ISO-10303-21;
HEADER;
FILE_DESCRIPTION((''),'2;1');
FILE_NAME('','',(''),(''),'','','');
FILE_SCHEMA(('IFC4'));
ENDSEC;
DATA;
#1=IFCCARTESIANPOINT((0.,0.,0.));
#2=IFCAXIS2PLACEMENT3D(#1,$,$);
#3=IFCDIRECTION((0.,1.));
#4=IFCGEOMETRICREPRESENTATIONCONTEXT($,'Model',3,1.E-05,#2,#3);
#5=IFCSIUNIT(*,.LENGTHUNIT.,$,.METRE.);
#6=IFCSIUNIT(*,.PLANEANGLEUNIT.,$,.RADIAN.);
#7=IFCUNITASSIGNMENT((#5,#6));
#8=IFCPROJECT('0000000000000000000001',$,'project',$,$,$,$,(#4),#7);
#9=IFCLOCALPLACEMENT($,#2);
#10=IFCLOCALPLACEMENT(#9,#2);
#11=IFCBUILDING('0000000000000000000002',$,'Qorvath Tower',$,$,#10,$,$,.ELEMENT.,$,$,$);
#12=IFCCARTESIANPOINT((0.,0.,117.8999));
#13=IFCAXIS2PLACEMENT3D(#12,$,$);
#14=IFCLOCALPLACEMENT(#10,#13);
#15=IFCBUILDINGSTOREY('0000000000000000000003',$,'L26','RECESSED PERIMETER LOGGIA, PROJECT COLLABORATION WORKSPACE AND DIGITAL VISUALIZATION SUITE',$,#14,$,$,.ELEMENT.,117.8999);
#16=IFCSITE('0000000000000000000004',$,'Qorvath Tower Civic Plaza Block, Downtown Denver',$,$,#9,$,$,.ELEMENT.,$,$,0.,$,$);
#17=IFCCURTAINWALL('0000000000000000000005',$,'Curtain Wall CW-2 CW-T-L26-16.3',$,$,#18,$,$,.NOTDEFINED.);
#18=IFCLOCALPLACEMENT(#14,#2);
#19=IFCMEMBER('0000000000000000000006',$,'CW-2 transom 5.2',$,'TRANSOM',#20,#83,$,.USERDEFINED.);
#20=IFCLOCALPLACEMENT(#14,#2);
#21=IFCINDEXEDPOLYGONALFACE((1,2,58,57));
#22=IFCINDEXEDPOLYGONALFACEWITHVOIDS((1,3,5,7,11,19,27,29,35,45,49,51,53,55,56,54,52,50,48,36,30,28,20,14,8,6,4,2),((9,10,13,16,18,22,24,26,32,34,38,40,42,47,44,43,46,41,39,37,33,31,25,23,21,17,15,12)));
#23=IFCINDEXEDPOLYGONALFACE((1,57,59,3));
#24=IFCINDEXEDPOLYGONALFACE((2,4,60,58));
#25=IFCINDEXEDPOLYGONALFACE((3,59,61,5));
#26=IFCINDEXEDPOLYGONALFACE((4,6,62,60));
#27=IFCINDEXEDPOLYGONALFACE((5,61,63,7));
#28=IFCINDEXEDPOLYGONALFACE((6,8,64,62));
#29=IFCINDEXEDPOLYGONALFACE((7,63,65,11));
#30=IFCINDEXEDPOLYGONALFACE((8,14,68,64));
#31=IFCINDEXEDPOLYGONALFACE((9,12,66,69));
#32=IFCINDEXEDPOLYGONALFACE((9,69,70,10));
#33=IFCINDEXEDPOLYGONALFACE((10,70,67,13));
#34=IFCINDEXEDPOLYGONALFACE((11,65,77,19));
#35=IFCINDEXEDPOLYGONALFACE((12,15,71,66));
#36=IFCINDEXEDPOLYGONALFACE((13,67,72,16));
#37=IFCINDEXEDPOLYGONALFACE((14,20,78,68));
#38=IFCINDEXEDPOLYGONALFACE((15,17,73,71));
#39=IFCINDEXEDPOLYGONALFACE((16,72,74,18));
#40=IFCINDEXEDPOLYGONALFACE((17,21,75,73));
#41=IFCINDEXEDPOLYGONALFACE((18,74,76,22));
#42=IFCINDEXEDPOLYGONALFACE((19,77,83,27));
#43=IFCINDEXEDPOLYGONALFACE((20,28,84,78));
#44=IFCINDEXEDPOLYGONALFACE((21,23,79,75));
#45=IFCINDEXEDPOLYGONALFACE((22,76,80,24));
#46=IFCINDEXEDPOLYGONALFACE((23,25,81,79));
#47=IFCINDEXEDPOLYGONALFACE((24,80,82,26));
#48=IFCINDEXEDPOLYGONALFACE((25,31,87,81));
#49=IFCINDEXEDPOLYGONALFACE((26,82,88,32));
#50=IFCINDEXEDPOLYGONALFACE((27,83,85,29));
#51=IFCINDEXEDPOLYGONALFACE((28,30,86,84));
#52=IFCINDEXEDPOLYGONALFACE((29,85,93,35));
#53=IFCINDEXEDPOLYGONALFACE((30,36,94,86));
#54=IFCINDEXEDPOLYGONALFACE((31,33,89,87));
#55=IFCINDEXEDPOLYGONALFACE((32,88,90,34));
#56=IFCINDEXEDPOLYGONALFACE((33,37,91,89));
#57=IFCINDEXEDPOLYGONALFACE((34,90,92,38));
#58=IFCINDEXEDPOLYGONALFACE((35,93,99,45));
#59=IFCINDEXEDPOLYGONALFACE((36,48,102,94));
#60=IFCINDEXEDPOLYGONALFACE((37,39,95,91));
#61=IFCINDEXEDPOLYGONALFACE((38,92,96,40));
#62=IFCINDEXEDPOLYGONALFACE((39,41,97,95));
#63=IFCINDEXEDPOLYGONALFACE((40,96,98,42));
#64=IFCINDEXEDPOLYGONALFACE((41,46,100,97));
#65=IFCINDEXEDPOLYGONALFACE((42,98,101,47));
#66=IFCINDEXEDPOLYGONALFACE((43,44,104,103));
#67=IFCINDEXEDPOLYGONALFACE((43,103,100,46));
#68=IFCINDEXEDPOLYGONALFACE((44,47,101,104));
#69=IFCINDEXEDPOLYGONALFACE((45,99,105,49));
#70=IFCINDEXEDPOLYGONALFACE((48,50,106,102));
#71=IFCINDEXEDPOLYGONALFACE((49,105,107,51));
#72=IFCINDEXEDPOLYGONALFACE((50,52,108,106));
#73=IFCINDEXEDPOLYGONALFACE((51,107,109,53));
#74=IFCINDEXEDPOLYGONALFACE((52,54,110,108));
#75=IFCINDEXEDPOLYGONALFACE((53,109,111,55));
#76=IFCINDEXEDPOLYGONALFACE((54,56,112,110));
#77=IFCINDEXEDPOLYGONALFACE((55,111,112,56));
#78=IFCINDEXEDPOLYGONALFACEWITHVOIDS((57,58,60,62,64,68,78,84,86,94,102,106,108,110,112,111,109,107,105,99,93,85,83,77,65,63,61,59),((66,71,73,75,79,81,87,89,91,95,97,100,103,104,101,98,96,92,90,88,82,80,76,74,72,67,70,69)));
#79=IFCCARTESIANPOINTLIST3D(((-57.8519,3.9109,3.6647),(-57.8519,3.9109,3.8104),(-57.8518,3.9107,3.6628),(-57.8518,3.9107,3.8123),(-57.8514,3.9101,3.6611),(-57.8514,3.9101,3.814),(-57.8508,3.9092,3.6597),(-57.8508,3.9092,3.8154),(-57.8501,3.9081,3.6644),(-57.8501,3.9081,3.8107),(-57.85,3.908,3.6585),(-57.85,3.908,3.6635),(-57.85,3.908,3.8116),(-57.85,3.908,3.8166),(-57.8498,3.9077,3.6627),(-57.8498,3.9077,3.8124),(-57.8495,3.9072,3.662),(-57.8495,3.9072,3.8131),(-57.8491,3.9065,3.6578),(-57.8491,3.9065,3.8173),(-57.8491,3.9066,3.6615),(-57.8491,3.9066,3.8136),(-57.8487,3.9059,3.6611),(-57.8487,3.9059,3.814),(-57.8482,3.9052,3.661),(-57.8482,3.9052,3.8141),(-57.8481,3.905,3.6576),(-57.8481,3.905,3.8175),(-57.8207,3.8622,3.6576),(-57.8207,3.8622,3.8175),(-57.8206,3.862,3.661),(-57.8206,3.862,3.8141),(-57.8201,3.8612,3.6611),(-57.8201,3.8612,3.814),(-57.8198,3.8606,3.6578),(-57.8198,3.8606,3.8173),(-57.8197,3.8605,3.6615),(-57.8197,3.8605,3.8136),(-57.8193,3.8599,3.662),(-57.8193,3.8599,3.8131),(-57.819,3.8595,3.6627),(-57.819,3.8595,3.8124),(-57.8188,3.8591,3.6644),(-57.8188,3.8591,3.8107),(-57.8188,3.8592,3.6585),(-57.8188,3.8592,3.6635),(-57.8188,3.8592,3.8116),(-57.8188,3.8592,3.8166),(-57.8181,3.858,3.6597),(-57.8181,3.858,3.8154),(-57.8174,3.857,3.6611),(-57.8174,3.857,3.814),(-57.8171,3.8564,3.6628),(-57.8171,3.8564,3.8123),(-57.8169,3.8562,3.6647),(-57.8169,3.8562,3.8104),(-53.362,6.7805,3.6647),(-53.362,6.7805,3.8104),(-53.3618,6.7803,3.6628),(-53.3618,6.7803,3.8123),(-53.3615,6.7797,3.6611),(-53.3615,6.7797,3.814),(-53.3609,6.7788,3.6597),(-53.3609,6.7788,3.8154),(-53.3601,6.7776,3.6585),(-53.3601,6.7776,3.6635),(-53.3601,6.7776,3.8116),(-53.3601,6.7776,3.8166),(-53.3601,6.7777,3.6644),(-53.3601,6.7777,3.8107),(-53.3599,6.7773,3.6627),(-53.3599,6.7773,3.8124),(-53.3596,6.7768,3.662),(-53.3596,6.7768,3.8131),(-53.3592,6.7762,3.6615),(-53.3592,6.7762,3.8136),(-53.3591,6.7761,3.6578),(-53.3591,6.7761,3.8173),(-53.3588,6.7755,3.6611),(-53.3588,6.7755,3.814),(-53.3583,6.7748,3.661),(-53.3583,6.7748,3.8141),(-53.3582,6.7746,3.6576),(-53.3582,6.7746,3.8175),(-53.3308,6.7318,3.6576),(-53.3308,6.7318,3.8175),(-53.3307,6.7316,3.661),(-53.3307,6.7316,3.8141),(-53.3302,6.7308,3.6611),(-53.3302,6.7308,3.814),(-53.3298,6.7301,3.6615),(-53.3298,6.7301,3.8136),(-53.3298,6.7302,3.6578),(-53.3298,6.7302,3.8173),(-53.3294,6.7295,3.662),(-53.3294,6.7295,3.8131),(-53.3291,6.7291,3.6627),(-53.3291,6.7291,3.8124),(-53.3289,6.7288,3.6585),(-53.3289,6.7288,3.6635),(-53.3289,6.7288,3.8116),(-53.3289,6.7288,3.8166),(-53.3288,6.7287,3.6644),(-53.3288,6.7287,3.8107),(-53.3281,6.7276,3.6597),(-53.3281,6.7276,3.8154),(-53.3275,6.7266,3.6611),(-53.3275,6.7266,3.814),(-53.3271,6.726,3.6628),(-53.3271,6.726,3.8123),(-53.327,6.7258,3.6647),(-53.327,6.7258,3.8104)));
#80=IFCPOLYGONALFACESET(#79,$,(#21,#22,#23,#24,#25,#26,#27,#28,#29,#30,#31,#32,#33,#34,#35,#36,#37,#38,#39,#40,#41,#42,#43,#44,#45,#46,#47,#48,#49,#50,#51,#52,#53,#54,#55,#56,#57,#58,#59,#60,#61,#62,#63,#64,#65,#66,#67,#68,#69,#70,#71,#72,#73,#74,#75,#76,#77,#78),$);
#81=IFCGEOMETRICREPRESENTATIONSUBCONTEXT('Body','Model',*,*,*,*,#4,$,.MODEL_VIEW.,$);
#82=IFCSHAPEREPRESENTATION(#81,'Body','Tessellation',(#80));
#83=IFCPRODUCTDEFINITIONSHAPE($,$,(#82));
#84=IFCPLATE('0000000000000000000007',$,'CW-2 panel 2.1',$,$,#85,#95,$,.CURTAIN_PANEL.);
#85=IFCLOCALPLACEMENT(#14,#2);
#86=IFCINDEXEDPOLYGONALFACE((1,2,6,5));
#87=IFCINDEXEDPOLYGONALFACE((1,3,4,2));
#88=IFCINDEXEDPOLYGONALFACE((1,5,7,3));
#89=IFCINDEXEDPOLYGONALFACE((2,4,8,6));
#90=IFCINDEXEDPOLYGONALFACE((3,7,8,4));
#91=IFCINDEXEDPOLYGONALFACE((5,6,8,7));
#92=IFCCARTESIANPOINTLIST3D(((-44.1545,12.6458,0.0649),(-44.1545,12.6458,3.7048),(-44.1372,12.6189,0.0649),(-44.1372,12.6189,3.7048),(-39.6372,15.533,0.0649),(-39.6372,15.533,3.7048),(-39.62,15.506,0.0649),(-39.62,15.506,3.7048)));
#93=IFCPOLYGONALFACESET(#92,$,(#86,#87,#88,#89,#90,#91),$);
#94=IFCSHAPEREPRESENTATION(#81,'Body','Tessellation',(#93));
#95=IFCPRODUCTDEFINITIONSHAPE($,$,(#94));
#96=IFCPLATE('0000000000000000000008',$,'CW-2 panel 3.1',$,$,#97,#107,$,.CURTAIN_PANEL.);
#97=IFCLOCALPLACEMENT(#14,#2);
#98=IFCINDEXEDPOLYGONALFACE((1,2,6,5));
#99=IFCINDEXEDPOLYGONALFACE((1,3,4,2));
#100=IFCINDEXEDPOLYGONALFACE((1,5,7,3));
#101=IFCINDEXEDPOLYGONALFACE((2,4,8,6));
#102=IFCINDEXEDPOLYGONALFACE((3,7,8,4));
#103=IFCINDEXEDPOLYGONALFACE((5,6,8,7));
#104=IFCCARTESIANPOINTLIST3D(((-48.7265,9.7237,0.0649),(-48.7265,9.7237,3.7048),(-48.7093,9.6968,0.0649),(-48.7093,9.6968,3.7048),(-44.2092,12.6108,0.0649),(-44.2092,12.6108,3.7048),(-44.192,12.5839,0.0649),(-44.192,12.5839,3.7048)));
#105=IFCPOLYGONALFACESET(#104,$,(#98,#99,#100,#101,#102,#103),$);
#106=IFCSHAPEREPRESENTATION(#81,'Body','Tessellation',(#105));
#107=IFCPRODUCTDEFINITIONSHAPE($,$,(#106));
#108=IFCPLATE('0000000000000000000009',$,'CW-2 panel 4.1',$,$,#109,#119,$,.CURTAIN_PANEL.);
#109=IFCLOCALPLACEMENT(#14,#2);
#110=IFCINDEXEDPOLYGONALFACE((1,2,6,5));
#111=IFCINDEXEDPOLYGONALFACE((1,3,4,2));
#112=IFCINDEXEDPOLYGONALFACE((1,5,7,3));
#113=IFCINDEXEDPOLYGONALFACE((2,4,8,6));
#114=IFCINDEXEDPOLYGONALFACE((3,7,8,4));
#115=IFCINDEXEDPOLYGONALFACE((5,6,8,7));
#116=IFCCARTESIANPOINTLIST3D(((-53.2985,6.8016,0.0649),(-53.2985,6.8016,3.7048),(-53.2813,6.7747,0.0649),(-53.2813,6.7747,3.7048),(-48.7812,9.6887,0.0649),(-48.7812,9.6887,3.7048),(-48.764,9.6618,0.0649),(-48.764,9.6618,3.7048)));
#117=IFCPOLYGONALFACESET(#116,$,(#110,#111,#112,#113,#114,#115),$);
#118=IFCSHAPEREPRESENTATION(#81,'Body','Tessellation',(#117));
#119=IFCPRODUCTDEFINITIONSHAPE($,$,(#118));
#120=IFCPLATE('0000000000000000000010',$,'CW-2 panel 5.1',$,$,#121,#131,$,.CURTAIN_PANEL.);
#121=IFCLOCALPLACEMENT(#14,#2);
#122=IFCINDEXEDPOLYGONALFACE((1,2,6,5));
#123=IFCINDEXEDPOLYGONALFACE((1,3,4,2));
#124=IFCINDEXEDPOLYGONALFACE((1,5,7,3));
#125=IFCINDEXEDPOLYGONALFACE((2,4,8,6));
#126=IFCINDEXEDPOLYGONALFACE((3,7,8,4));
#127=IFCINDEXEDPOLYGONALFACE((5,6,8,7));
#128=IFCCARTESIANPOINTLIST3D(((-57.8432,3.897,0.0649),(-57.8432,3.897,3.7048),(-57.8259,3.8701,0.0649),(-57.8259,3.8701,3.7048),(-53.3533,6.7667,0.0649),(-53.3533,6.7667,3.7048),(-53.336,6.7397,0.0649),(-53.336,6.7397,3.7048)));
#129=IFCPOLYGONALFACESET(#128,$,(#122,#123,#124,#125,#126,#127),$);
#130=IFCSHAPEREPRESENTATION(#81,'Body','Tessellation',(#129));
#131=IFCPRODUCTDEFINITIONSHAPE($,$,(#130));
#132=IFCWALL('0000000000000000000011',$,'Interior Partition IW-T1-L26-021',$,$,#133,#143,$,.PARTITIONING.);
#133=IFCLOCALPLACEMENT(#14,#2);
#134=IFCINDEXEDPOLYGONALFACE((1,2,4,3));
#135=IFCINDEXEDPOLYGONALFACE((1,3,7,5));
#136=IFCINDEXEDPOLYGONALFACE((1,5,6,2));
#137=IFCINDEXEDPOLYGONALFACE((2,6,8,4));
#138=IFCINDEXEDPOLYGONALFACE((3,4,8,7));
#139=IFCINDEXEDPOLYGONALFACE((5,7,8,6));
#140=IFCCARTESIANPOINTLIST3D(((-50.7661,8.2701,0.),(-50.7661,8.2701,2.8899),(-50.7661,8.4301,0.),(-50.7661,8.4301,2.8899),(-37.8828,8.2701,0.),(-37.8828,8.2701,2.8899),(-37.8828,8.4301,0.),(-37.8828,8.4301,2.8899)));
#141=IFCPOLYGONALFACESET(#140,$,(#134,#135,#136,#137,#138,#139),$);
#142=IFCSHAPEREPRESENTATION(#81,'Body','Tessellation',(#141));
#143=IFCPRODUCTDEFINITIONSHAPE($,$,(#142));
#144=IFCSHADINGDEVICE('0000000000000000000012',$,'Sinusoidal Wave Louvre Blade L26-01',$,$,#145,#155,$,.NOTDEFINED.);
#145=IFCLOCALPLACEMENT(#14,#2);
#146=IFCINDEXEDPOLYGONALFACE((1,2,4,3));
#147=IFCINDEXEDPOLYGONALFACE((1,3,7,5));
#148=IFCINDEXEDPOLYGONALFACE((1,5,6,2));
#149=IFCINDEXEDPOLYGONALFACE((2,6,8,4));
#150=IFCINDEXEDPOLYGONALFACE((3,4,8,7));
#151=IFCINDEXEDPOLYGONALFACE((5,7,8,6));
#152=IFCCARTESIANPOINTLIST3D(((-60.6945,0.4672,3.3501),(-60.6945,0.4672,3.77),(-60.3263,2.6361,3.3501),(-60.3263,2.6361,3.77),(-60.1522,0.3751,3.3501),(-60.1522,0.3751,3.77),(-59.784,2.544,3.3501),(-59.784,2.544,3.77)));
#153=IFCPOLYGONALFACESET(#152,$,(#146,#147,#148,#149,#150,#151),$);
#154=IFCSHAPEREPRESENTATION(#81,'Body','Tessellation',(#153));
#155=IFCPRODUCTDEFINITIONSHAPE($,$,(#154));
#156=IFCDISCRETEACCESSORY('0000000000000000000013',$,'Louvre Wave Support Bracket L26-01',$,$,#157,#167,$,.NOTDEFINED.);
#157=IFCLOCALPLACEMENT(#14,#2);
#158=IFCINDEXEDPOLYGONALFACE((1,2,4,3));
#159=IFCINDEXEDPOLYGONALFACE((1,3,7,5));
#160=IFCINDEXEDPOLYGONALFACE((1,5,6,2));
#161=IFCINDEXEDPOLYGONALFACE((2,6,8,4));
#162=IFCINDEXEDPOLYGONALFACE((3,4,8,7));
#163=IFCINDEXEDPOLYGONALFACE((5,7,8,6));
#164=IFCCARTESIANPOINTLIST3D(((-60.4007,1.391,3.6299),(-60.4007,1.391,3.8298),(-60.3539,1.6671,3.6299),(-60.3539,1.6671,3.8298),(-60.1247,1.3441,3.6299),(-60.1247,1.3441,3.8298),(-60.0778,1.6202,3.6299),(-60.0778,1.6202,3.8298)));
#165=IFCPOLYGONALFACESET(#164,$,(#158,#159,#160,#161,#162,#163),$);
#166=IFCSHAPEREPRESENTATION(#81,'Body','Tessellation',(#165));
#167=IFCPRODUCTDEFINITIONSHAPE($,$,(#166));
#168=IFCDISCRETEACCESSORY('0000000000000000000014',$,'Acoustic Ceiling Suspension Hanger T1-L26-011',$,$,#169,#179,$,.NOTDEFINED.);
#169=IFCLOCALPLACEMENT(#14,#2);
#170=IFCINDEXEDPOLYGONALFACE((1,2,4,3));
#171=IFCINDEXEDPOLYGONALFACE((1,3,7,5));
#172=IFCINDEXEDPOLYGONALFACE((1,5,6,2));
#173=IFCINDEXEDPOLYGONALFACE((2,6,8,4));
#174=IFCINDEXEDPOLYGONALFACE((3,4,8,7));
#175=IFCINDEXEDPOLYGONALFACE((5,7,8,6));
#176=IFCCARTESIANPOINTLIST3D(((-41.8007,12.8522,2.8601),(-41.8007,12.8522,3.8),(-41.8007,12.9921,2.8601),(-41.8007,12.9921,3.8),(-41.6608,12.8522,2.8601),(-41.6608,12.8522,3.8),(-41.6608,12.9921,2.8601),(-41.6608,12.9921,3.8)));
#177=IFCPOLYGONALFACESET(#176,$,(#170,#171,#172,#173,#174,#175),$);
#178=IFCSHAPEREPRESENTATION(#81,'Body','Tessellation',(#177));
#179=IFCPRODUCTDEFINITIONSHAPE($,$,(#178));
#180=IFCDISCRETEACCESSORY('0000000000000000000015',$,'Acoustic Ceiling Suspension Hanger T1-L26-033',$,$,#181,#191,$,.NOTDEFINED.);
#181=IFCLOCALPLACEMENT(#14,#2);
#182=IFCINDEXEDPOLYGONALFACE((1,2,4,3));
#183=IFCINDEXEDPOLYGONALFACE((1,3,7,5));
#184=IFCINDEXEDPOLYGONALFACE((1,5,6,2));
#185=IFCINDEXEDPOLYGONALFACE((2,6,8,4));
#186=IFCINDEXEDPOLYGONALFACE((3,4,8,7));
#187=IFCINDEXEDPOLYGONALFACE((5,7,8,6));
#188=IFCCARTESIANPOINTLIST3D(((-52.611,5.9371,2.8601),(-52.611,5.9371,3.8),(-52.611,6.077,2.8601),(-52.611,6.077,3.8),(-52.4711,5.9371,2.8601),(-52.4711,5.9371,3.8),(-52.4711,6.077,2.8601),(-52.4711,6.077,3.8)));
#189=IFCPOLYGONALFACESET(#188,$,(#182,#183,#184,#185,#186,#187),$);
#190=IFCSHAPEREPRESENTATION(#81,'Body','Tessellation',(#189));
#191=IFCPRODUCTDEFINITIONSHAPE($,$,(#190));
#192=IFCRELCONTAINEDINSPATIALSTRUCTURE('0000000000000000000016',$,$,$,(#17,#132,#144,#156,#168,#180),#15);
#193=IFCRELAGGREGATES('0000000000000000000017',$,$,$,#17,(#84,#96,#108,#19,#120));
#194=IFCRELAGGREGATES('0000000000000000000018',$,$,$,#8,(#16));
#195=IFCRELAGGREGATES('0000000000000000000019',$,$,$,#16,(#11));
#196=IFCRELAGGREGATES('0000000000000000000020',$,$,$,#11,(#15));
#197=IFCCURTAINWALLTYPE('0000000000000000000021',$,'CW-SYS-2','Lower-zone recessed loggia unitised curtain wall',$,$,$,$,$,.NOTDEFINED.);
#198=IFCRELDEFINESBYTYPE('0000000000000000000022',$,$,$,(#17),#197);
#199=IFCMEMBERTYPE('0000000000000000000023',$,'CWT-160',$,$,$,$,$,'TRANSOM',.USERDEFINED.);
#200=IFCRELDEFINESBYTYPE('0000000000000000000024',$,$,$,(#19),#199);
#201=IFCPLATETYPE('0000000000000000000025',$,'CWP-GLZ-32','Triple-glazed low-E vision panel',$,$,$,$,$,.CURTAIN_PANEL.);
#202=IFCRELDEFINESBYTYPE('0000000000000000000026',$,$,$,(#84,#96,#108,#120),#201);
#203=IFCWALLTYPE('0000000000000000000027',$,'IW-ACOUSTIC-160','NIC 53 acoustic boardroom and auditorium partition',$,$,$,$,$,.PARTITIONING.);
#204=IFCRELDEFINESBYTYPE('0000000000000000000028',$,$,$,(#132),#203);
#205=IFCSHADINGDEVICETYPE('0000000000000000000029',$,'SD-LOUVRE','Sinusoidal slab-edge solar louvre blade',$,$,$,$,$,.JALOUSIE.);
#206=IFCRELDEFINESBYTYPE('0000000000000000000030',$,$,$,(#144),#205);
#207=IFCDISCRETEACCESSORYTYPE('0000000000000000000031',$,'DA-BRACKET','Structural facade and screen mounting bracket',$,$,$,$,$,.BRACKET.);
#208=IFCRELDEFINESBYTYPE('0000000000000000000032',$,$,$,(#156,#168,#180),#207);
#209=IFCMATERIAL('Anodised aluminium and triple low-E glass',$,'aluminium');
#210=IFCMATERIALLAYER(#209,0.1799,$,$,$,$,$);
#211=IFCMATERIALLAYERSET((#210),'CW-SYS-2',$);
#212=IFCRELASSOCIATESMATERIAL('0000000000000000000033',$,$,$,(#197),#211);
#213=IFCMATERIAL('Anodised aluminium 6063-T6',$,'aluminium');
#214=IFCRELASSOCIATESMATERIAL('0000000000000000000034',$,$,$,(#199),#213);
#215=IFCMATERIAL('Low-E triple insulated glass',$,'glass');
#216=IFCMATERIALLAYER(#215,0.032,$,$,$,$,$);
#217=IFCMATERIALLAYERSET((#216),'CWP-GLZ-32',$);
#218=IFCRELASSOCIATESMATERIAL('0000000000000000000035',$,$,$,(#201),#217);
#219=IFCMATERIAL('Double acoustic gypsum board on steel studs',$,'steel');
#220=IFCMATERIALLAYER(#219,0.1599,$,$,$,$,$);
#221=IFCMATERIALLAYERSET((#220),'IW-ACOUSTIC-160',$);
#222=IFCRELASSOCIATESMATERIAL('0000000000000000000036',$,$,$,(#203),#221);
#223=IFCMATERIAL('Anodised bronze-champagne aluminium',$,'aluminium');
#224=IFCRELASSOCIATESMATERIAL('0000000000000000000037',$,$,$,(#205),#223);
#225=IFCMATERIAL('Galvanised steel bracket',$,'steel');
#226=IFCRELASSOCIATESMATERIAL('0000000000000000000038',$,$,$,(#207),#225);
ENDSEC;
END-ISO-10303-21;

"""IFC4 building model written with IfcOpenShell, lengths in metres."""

from ifc_helpers import new_model, si_unit, direction, frame, frame_2d, origin, origin_2d, place, context, subcontext, project, spatial, rectangle, hollow_rectangle, extrude, material, layer, layer_set, material_profile, profile_set, type_object, element, aggregate, save


model = new_model("IFC4")

# Units and contexts
model_context = context("Model", 3, precision=1e-05, world=origin(), true_north=direction((0.0, 1.0)))
body_context = subcontext(model_context, "Body", "Model", "MODEL_VIEW")
ifc_project = project(units=[si_unit("LENGTHUNIT", "METRE"), si_unit("PLANEANGLEUNIT", "RADIAN")], contexts=[model_context])

# Site, building, storey
site_placement = place(None, origin())
site = spatial("IfcSite", under=ifc_project, at=site_placement, Name="Qorvath Tower Civic Plaza Block, Downtown Denver", CompositionType="ELEMENT", RefElevation=0.0)
building_placement = place(site_placement, origin())
building = spatial("IfcBuilding", under=site, at=building_placement, Name="Qorvath Tower", CompositionType="ELEMENT")
storey_placement = place(building_placement, frame((0.0, 0.0, 117.8999)))
storey = spatial("IfcBuildingStorey", under=building, at=storey_placement, Name="L26", Description="RECESSED PERIMETER LOGGIA, PROJECT COLLABORATION WORKSPACE AND DIGITAL VISUALIZATION SUITE", CompositionType="ELEMENT", Elevation=117.8999)

# Curtain wall, member, plates
ifc_material_1 = material(Name="Anodised aluminium and triple low-E glass", Category="aluminium")
ifc_layer_1 = layer(ifc_material_1, 0.1799)
ifc_layer_set_1 = layer_set([ifc_layer_1], Name="CW-SYS-2")
curtain_wall_type = type_object("IfcCurtainWallType", Name="CW-SYS-2", Description="Lower-zone recessed loggia unitised curtain wall", PredefinedType="NOTDEFINED", material=ifc_layer_set_1)
curtain_wall_placement = place(storey_placement, origin())
curtain_wall = element("IfcCurtainWall", 1, at=curtain_wall_placement, inside=storey, type_object=curtain_wall_type, Name="Curtain Wall CW-2 CW-T-L26-16.3", PredefinedType="NOTDEFINED")
ifc_material_2 = material(Name="Anodised aluminium 6063-T6", Category="aluminium")
ifc_material_profile_1 = material_profile(ifc_material_2, hollow_rectangle(XDim=0.0649, YDim=0.1599, WallThickness=0.0034, InnerFilletRadius=0.0034, OuterFilletRadius=0.0071, at=origin_2d()), Name="CWT 160x65")
ifc_profile_set_1 = profile_set([ifc_material_profile_1], Name="Anodised aluminium 6063-T6")
member_type_1 = type_object("IfcMemberType", Name="CWT-160", ElementType="TRANSOM", PredefinedType="USERDEFINED", material=ifc_profile_set_1)
member_1_placement = place(storey_placement, frame((-53.3445, 6.7532, 3.7375), z_axis=(-0.842609, -0.538526, 0.0), x_axis=(0.538526, -0.842609, 0.0)))
member_1 = element("IfcMember", 2, at=member_1_placement, type_object=member_type_1, Name="CW-2 transom 5.2", ObjectType="TRANSOM", PredefinedType="USERDEFINED", context=body_context, shape_type="SweptSolid", body=[
    extrude(hollow_rectangle(XDim=0.0649, YDim=0.1599, WallThickness=0.0034, InnerFilletRadius=0.0034, OuterFilletRadius=0.0071, at=origin_2d()), origin(), (0.0, 0.0, 1.0), 5.3286),
])
ifc_material_3 = material(Name="Low-E triple insulated glass", Category="glass")
ifc_layer_2 = layer(ifc_material_3, 0.032)
ifc_layer_set_2 = layer_set([ifc_layer_2], Name="CWP-GLZ-32")
plate_type = type_object("IfcPlateType", Name="CWP-GLZ-32", Description="Triple-glazed low-E vision panel", PredefinedType="CURTAIN_PANEL", material=ifc_layer_set_2)
plate_1_placement = place(storey_placement, frame((-41.8872, 14.0759, 0.0649), z_axis=(0.0, 0.0, 1.0), x_axis=(-0.842604, -0.538534, 0.0)))
plate_1 = element("IfcPlate", 3, at=plate_1_placement, type_object=plate_type, Name="CW-2 panel 2.1", PredefinedType="CURTAIN_PANEL", context=body_context, shape_type="SweptSolid", body=[
    extrude(rectangle(XDim=5.3611, YDim=0.032, at=origin_2d()), origin(), (0.0, 0.0, 1.0), 3.6399),
])
plate_2_placement = place(storey_placement, frame((-46.4592, 11.1538, 0.0649), z_axis=(0.0, 0.0, 1.0), x_axis=(-0.842604, -0.538534, 0.0)))
plate_2 = element("IfcPlate", 4, at=plate_2_placement, type_object=plate_type, Name="CW-2 panel 3.1", PredefinedType="CURTAIN_PANEL", context=body_context, shape_type="SweptSolid", body=[
    extrude(rectangle(XDim=5.3611, YDim=0.032, at=origin_2d()), origin(), (0.0, 0.0, 1.0), 3.6399),
])
plate_3_placement = place(storey_placement, frame((-51.0312, 8.2317, 0.0649), z_axis=(0.0, 0.0, 1.0), x_axis=(-0.842604, -0.538534, 0.0)))
plate_3 = element("IfcPlate", 5, at=plate_3_placement, type_object=plate_type, Name="CW-2 panel 4.1", PredefinedType="CURTAIN_PANEL", context=body_context, shape_type="SweptSolid", body=[
    extrude(rectangle(XDim=5.3611, YDim=0.032, at=origin_2d()), origin(), (0.0, 0.0, 1.0), 3.6399),
])
plate_4_placement = place(storey_placement, frame((-55.5896, 5.3184, 0.0649), z_axis=(0.0, 0.0, 1.0), x_axis=(-0.842604, -0.538534, 0.0)))
plate_4 = element("IfcPlate", 6, at=plate_4_placement, type_object=plate_type, Name="CW-2 panel 5.1", PredefinedType="CURTAIN_PANEL", context=body_context, shape_type="SweptSolid", body=[
    extrude(rectangle(XDim=5.3286, YDim=0.032, at=origin_2d()), origin(), (0.0, 0.0, 1.0), 3.6399),
])
aggregate(curtain_wall, [plate_1, plate_2, plate_3, member_1, plate_4])

# Wall
ifc_material_4 = material(Name="Double acoustic gypsum board on steel studs", Category="steel")
ifc_layer_3 = layer(ifc_material_4, 0.1599)
ifc_layer_set_3 = layer_set([ifc_layer_3], Name="IW-ACOUSTIC-160")
wall_type = type_object("IfcWallType", Name="IW-ACOUSTIC-160", Description="NIC 53 acoustic boardroom and auditorium partition", PredefinedType="PARTITIONING", material=ifc_layer_set_3)
wall_placement = place(storey_placement, frame((-50.7661, 8.3501, 0.0), z_axis=(0.0, 0.0, 1.0), x_axis=(1.0, 0.0, 0.0)))
element("IfcWall", 7, at=wall_placement, inside=storey, type_object=wall_type, Name="Interior Partition IW-T1-L26-021", PredefinedType="PARTITIONING", context=body_context, shape_type="SweptSolid", body=[
    extrude(rectangle(XDim=12.8833, YDim=0.1599, at=frame_2d((6.4417, 0.0))), origin(), (0.0, 0.0, 1.0), 2.8899),
])

# Shading device
ifc_material_5 = material(Name="Anodised bronze-champagne aluminium", Category="aluminium")
shading_device_type = type_object("IfcShadingDeviceType", Name="SD-LOUVRE", Description="Sinusoidal slab-edge solar louvre blade", PredefinedType="JALOUSIE", material=ifc_material_5)
shading_device_placement = place(storey_placement, frame((-60.2393, 1.5056, 3.3501), z_axis=(0.0, 0.0, 1.0), x_axis=(-0.167371, -0.985894, 0.0)))
element("IfcShadingDevice", 8, at=shading_device_placement, inside=storey, type_object=shading_device_type, Name="Sinusoidal Wave Louvre Blade L26-01", PredefinedType="NOTDEFINED", context=body_context, shape_type="SweptSolid", body=[
    extrude(rectangle(XDim=2.2, YDim=0.55, at=origin_2d()), origin(), (0.0, 0.0, 1.0), 0.4199),
])

# Discrete accessories
ifc_material_6 = material(Name="Galvanised steel bracket", Category="steel")
discrete_accessory_type = type_object("IfcDiscreteAccessoryType", Name="DA-BRACKET", Description="Structural facade and screen mounting bracket", PredefinedType="BRACKET", material=ifc_material_6)
discrete_accessory_placement = place(storey_placement, frame((-60.2393, 1.5056, 3.6299), z_axis=(0.0, 0.0, 1.0), x_axis=(-0.167371, -0.985894, 0.0)))
element("IfcDiscreteAccessory", 9, at=discrete_accessory_placement, inside=storey, type_object=discrete_accessory_type, Name="Louvre Wave Support Bracket L26-01", PredefinedType="NOTDEFINED", context=body_context, shape_type="SweptSolid", body=[
    extrude(rectangle(XDim=0.28, YDim=0.28, at=origin_2d()), origin(), (0.0, 0.0, 1.0), 0.2),
])
for number, where, z_axis, x_axis, name in (
    (10, (-41.7307, 12.9221, 2.8601), (0.0, 0.0, 1.0), (1.0, 0.0, 0.0), "Acoustic Ceiling Suspension Hanger T1-L26-011"),
    (11, (-52.541, 6.0071, 2.8601), (0.0, 0.0, 1.0), (1.0, 0.0, 0.0), "Acoustic Ceiling Suspension Hanger T1-L26-033"),
):
    element("IfcDiscreteAccessory", number, at=place(storey_placement, frame(where, z_axis=z_axis, x_axis=x_axis)), inside=storey, type_object=discrete_accessory_type, Name=name, PredefinedType="NOTDEFINED", context=body_context, shape_type="SweptSolid", body=[
        extrude(rectangle(XDim=0.1399, YDim=0.1399, at=origin_2d()), origin(), (0.0, 0.0, 1.0), 0.9399),
    ])

save(model, "model.ifc")
